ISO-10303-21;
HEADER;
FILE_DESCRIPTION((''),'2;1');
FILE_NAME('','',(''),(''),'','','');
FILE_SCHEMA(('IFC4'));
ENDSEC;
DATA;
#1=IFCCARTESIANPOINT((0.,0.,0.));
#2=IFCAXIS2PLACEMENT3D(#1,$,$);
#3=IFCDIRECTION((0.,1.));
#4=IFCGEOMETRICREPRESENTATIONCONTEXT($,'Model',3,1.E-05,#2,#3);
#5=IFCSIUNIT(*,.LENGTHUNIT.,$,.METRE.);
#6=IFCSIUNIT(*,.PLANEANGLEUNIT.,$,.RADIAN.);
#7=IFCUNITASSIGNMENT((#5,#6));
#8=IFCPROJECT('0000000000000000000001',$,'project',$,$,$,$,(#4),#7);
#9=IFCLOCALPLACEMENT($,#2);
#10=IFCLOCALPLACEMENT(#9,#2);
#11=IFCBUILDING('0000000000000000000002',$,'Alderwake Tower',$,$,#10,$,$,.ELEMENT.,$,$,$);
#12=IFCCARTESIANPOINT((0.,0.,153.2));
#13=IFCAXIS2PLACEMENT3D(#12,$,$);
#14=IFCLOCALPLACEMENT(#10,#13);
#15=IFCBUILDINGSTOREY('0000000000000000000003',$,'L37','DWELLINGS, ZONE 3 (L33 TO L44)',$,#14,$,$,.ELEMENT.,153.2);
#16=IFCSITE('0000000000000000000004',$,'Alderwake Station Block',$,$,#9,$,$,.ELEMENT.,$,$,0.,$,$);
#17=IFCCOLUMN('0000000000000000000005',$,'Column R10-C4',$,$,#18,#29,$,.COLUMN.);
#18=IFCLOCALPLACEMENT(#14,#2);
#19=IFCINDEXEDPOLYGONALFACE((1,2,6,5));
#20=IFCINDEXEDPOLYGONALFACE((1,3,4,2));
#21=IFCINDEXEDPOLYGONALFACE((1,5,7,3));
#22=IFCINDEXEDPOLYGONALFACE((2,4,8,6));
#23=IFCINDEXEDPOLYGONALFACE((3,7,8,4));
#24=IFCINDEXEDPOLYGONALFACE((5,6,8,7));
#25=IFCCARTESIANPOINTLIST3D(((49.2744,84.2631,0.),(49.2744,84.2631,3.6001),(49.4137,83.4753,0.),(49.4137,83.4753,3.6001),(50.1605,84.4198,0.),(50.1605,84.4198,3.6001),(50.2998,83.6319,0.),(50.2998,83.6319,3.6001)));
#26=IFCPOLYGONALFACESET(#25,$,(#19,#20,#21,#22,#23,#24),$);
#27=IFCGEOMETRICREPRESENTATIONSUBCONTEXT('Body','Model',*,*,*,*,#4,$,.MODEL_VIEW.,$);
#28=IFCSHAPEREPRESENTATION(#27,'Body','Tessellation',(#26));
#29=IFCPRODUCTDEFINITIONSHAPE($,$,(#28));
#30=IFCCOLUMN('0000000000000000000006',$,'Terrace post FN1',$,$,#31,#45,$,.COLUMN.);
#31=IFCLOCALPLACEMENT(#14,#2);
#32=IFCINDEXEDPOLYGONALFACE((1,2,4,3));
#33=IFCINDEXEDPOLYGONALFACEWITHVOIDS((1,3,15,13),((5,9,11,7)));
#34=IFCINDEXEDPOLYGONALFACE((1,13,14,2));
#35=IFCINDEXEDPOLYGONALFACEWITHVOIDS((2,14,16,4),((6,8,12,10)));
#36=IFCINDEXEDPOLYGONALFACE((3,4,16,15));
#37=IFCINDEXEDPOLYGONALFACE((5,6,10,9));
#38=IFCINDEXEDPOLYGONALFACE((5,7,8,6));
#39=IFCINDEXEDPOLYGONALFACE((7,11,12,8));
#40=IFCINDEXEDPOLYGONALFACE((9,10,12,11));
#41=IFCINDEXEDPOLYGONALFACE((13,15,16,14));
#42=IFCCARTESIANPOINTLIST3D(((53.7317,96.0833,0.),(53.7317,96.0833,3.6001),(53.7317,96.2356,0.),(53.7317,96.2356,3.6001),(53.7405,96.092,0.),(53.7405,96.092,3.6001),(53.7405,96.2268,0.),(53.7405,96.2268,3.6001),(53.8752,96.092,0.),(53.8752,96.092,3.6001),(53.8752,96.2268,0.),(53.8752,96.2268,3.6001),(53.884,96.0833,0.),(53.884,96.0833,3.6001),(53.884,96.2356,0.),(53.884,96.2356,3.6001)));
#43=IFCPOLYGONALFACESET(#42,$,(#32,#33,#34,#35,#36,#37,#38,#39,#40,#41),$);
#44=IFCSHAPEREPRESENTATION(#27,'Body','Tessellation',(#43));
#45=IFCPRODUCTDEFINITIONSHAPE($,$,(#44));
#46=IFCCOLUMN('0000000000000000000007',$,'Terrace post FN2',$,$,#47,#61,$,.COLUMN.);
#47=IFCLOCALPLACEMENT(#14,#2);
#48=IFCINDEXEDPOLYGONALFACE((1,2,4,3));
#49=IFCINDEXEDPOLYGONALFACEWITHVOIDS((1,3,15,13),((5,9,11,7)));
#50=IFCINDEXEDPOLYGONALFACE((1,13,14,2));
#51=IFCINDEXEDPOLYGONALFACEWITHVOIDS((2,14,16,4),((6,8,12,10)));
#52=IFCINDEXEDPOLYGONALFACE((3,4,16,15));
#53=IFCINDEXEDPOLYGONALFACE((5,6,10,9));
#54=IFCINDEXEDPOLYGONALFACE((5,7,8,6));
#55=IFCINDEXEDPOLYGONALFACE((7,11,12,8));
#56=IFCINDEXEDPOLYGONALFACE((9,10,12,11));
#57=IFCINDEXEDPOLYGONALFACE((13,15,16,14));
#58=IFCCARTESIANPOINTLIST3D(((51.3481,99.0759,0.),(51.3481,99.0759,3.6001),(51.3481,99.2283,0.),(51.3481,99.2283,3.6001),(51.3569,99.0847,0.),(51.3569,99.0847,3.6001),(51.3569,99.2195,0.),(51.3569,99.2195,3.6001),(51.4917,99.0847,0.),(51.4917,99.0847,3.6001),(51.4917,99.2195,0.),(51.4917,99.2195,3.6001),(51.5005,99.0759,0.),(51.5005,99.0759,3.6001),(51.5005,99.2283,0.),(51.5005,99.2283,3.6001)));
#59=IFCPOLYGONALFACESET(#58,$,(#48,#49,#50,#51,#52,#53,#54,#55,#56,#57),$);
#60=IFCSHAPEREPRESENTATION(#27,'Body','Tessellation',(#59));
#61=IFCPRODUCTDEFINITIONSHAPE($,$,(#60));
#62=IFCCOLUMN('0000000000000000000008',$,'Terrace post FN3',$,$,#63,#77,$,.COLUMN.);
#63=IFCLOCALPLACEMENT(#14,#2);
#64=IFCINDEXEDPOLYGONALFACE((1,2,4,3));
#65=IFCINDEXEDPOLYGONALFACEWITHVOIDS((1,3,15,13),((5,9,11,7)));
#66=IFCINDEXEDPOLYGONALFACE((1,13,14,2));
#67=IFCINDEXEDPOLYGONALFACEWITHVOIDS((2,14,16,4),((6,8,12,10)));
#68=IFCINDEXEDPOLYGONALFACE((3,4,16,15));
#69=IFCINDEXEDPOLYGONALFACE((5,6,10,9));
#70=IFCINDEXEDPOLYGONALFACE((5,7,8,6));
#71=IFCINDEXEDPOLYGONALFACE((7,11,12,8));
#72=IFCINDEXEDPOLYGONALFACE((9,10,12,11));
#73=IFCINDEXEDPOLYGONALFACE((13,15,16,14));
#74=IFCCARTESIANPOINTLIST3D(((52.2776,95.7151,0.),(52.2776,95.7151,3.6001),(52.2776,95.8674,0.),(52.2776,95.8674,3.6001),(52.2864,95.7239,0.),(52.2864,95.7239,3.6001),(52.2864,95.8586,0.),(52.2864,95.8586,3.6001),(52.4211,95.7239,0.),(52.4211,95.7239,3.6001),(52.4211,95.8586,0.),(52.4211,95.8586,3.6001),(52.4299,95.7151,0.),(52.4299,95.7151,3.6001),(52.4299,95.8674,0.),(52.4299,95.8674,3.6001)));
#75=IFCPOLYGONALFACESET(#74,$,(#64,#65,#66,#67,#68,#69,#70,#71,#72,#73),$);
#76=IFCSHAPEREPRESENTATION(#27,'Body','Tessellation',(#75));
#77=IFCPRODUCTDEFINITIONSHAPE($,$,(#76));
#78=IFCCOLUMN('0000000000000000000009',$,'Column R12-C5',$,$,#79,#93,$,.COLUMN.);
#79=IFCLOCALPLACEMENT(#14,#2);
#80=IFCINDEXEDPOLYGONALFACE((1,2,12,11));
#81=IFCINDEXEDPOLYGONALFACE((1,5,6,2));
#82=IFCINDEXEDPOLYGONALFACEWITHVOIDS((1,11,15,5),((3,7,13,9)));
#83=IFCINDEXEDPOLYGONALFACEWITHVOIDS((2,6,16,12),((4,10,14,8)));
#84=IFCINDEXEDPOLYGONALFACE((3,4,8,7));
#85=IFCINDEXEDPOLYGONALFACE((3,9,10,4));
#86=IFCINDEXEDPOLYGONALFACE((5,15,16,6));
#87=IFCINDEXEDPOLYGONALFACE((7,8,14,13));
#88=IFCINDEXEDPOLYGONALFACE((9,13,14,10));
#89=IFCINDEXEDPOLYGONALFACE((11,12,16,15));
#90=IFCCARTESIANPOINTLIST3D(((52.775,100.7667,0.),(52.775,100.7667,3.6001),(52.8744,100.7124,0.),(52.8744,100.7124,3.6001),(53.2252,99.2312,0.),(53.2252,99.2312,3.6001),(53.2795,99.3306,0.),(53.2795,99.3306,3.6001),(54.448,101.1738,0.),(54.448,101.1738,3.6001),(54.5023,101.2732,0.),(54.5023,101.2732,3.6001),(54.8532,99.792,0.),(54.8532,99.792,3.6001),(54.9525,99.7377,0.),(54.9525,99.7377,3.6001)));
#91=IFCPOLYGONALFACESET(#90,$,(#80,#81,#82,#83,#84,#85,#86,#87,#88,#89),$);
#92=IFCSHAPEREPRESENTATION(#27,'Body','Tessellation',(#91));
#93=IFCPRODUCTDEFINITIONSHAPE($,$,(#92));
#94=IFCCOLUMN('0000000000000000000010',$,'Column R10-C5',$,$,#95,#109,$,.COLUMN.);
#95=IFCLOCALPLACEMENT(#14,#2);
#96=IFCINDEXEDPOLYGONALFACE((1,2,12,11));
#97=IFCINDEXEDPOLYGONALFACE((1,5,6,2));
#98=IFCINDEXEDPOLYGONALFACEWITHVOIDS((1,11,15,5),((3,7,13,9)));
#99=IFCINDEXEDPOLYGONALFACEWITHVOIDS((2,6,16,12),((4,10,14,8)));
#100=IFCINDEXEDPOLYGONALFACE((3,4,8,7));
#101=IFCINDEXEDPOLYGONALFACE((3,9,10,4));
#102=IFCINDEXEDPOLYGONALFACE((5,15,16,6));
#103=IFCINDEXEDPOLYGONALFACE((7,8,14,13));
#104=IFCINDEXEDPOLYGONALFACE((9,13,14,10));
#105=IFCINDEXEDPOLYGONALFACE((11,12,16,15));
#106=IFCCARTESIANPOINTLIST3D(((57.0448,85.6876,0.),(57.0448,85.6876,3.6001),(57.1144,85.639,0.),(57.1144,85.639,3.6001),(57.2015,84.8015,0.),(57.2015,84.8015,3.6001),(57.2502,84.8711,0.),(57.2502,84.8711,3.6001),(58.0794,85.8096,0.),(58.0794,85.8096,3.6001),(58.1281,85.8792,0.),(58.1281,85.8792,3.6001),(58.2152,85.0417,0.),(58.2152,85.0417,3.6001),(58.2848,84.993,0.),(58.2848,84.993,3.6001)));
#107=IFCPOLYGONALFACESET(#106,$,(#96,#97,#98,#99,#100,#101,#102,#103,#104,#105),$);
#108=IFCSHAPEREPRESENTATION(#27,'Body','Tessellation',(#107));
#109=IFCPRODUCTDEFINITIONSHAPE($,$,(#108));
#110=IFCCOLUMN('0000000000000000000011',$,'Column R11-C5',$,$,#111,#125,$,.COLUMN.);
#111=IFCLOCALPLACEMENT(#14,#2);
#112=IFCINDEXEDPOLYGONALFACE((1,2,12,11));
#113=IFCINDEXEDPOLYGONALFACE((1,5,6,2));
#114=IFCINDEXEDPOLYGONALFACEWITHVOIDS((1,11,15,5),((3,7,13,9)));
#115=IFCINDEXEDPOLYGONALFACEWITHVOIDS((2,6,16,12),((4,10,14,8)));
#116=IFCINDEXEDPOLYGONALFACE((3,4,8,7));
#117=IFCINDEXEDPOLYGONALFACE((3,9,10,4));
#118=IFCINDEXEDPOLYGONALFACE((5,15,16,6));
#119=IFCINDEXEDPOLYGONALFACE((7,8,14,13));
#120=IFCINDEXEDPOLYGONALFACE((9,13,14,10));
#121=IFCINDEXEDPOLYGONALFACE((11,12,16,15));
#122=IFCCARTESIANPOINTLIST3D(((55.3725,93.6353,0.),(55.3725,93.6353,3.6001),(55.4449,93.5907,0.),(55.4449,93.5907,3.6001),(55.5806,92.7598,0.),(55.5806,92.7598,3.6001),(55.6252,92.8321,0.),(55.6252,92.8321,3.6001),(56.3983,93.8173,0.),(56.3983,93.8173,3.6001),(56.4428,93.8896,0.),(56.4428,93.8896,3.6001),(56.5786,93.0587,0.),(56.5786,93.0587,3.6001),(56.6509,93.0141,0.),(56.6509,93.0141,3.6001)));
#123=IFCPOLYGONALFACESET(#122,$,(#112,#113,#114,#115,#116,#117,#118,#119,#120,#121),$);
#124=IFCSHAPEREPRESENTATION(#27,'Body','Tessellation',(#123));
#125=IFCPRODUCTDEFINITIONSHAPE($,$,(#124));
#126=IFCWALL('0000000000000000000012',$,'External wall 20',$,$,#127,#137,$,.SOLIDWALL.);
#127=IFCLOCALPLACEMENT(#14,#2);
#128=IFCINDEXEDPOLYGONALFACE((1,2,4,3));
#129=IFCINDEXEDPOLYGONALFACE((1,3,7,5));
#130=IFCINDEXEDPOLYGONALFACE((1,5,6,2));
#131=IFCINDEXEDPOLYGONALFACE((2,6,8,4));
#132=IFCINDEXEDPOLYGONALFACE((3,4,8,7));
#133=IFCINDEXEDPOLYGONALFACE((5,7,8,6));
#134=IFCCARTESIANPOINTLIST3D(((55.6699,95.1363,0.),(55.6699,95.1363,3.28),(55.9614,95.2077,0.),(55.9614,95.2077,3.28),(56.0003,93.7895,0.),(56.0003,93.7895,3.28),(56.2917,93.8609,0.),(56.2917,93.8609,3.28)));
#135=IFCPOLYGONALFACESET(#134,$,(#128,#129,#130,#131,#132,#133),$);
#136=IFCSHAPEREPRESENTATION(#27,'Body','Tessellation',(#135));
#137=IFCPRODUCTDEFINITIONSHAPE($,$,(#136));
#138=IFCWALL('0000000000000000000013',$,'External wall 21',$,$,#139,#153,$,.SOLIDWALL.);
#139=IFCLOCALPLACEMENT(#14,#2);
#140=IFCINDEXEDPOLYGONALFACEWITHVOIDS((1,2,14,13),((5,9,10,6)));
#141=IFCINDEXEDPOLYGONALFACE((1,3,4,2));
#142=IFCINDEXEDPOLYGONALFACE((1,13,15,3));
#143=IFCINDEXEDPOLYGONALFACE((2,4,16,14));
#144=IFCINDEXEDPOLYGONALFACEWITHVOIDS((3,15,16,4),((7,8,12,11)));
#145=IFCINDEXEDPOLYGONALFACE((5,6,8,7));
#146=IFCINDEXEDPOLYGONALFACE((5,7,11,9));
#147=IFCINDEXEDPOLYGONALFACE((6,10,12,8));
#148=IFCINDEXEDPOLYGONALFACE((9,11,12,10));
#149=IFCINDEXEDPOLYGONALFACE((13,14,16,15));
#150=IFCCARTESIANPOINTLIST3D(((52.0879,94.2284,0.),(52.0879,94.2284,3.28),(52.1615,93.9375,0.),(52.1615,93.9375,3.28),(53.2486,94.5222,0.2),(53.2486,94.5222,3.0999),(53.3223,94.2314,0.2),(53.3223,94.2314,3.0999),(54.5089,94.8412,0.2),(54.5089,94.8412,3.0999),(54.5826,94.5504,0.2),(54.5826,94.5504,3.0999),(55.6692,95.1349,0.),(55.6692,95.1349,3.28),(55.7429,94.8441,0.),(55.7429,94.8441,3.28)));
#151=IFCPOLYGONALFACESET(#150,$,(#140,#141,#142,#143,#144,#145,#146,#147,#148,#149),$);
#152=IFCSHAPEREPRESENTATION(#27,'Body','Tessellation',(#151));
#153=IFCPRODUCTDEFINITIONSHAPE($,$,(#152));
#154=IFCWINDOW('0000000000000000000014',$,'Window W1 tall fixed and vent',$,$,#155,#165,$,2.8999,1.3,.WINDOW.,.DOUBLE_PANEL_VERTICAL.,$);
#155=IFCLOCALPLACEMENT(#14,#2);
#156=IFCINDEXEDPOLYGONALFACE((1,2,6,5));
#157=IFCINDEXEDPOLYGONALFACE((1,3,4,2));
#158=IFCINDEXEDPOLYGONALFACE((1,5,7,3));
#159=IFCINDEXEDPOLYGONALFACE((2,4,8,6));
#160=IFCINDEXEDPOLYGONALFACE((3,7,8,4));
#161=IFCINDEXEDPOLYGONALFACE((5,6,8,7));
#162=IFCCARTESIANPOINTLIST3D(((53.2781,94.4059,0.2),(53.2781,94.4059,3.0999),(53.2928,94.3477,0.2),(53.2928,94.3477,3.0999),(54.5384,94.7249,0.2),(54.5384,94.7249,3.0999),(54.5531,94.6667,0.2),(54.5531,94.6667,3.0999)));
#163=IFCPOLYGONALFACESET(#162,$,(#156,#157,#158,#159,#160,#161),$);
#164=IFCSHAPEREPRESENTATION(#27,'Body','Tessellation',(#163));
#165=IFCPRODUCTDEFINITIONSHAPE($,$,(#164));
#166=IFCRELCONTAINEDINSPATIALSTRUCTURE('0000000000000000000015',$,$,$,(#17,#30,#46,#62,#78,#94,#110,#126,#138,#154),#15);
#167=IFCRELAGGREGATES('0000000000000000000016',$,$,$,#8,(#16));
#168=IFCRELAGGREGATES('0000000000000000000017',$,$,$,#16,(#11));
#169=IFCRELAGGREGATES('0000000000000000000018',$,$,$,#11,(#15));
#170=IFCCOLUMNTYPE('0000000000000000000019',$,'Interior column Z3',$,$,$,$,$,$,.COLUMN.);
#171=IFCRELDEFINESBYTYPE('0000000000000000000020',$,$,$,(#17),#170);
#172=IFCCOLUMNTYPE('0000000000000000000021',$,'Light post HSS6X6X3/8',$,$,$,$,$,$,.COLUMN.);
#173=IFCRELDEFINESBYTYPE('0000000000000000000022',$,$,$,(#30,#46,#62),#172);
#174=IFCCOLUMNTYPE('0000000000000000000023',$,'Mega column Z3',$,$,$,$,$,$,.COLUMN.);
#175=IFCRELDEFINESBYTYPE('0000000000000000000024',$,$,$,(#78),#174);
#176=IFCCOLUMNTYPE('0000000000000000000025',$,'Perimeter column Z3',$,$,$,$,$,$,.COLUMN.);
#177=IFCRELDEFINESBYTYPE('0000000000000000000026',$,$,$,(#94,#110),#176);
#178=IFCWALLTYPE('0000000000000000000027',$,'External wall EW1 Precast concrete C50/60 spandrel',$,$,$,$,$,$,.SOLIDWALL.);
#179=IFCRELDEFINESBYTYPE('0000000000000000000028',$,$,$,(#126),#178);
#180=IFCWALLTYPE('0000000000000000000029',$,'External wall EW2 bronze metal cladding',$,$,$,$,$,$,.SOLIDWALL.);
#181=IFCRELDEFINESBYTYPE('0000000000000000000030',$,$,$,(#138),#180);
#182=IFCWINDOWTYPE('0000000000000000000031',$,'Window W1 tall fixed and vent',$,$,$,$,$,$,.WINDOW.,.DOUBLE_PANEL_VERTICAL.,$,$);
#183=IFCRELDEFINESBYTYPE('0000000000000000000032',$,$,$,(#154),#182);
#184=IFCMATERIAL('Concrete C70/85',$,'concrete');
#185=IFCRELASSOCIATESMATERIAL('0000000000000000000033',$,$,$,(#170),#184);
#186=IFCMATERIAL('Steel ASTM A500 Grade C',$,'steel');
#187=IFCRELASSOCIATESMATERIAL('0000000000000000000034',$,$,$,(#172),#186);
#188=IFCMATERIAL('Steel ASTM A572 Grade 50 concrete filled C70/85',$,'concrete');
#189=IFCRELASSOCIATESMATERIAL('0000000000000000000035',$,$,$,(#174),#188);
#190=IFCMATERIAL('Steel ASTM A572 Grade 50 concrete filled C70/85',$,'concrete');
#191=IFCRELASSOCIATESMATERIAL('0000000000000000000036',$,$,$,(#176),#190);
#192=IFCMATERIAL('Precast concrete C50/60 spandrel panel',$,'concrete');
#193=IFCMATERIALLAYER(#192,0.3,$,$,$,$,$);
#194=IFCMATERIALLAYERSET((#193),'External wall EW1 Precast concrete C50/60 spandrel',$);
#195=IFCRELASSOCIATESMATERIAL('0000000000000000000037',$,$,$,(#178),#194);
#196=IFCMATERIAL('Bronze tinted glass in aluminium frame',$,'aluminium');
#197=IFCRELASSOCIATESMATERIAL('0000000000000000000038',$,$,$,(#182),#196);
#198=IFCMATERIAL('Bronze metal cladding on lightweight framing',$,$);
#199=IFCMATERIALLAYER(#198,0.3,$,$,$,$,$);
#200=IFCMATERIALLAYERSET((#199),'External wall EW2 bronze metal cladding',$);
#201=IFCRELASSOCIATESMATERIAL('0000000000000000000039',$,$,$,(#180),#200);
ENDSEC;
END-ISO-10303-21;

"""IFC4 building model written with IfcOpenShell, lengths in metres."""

from ifc_helpers import new_model, si_unit, direction, frame, frame_2d, origin, origin_2d, place, context, subcontext, project, spatial, rectangle, hollow_rectangle, extrude, material, layer, layer_set, material_profile, profile_set, type_object, element, fill, save


model = new_model("IFC4")

# Units and contexts
model_context = context("Model", 3, precision=1e-05, world=origin(), true_north=direction((0.0, 1.0)))
body_context = subcontext(model_context, "Body", "Model", "MODEL_VIEW")
ifc_project = project(units=[si_unit("LENGTHUNIT", "METRE"), si_unit("PLANEANGLEUNIT", "RADIAN")], contexts=[model_context])

# Site, building, storey
site_placement = place(None, origin())
site = spatial("IfcSite", under=ifc_project, at=site_placement, Name="Alderwake Station Block", CompositionType="ELEMENT", RefElevation=0.0)
building_placement = place(site_placement, origin())
building = spatial("IfcBuilding", under=site, at=building_placement, Name="Alderwake Tower", CompositionType="ELEMENT")
storey_placement = place(building_placement, frame((0.0, 0.0, 153.2)))
storey = spatial("IfcBuildingStorey", under=building, at=storey_placement, Name="L37", Description="DWELLINGS, ZONE 3 (L33 TO L44)", CompositionType="ELEMENT", Elevation=153.2)

# Columns
ifc_material_1 = material(Name="Concrete C70/85", Category="concrete")
ifc_material_profile_1 = material_profile(ifc_material_1, rectangle(XDim=0.8, YDim=0.8999, at=origin_2d()), Name="RC 900X800")
ifc_profile_set_1 = profile_set([ifc_material_profile_1], Name="Concrete C70/85")
column_type_1 = type_object("IfcColumnType", Name="Interior column Z3", PredefinedType="COLUMN", material=ifc_profile_set_1)
column_1_placement = place(storey_placement, frame((49.7871, 83.9475, 0.0), z_axis=(0.0, 0.0, 1.0), x_axis=(-0.174109, 0.984726, 0.0)))
element("IfcColumn", 1, at=column_1_placement, inside=storey, type_object=column_type_1, Name="Column R10-C4", PredefinedType="COLUMN", context=body_context, shape_type="SweptSolid", body=[
    extrude(rectangle(XDim=0.8, YDim=0.8999, at=origin_2d()), origin(), (0.0, 0.0, 1.0), 3.6001),
])
ifc_material_2 = material(Name="Steel ASTM A500 Grade C", Category="steel")
ifc_material_profile_2 = material_profile(ifc_material_2, hollow_rectangle(XDim=0.1523, YDim=0.1523, WallThickness=0.0088, at=origin_2d()), Name="HSS6X6X3/8")
ifc_profile_set_2 = profile_set([ifc_material_profile_2], Name="Steel ASTM A500 Grade C")
column_type_2 = type_object("IfcColumnType", Name="Light post HSS6X6X3/8", PredefinedType="COLUMN", material=ifc_profile_set_2)
for number, where, z_axis, x_axis, name in (
    (2, (53.8079, 96.1594, 0.0), (0.0, 0.0, 1.0), (1.0, 0.0, 0.0), "Terrace post FN1"),
    (3, (51.4243, 99.1521, 0.0), (0.0, 0.0, 1.0), (1.0, 0.0, 0.0), "Terrace post FN2"),
    (4, (52.3538, 95.7913, 0.0), (0.0, 0.0, 1.0), (1.0, 0.0, 0.0), "Terrace post FN3"),
):
    element("IfcColumn", number, at=place(storey_placement, frame(where, z_axis=z_axis, x_axis=x_axis)), inside=storey, type_object=column_type_2, Name=name, PredefinedType="COLUMN", context=body_context, shape_type="SweptSolid", body=[
        extrude(hollow_rectangle(XDim=0.1523, YDim=0.1523, WallThickness=0.0088, at=origin_2d()), origin(), (0.0, 0.0, 1.0), 3.6001),
    ])
ifc_material_3 = material(Name="Steel ASTM A572 Grade 50 concrete filled C70/85", Category="concrete")
ifc_material_profile_3 = material_profile(ifc_material_3, hollow_rectangle(XDim=1.6001, YDim=1.8, WallThickness=0.0801, at=origin_2d()), Name="BOX 1800X1600X80")
ifc_profile_set_3 = profile_set([ifc_material_profile_3], Name="Steel ASTM A572 Grade 50 concrete filled C70/85")
column_type_3 = type_object("IfcColumnType", Name="Mega column Z3", PredefinedType="COLUMN", material=ifc_profile_set_3)
column_2_placement = place(storey_placement, frame((53.8638, 100.2522, 0.0), z_axis=(0.0, 0.0, 1.0), x_axis=(-0.281377, 0.959597, 0.0)))
element("IfcColumn", 5, at=column_2_placement, inside=storey, type_object=column_type_3, Name="Column R12-C5", PredefinedType="COLUMN", context=body_context, shape_type="SweptSolid", body=[
    extrude(hollow_rectangle(XDim=1.6001, YDim=1.8, WallThickness=0.0801, at=origin_2d()), origin(), (0.0, 0.0, 1.0), 3.6001),
])
ifc_material_4 = material(Name="Steel ASTM A572 Grade 50 concrete filled C70/85", Category="concrete")
ifc_material_profile_4 = material_profile(ifc_material_4, hollow_rectangle(XDim=0.8999, YDim=1.1001, WallThickness=0.0601, at=origin_2d()), Name="BOX 1100X900X60")
ifc_profile_set_4 = profile_set([ifc_material_profile_4], Name="Steel ASTM A572 Grade 50 concrete filled C70/85")
column_type_4 = type_object("IfcColumnType", Name="Perimeter column Z3", PredefinedType="COLUMN", material=ifc_profile_set_4)
for number, where, z_axis, x_axis, name in (
    (6, (57.6648, 85.3403, 0.0), (0.0, 0.0, 1.0), (-0.174109, 0.984726, 0.0), "Column R10-C5"),
    (7, (56.0117, 93.3247, 0.0), (0.0, 0.0, 1.0), (-0.231222, 0.972901, 0.0), "Column R11-C5"),
):
    element("IfcColumn", number, at=place(storey_placement, frame(where, z_axis=z_axis, x_axis=x_axis)), inside=storey, type_object=column_type_4, Name=name, PredefinedType="COLUMN", context=body_context, shape_type="SweptSolid", body=[
        extrude(hollow_rectangle(XDim=0.8999, YDim=1.1001, WallThickness=0.0601, at=origin_2d()), origin(), (0.0, 0.0, 1.0), 3.6001),
    ])

# Shared definitions
ifc_material_5 = material(Name="Precast concrete C50/60 spandrel panel", Category="concrete")
ifc_layer_1 = layer(ifc_material_5, 0.3)
ifc_layer_set_1 = layer_set([ifc_layer_1], Name="External wall EW1 Precast concrete C50/60 spandrel")
wall_type_1 = type_object("IfcWallType", Name="External wall EW1 Precast concrete C50/60 spandrel", PredefinedType="SOLIDWALL", material=ifc_layer_set_1)
ifc_material_6 = material(Name="Bronze tinted glass in aluminium frame", Category="aluminium")
window_type = type_object("IfcWindowType", Name="Window W1 tall fixed and vent", PartitioningType="DOUBLE_PANEL_VERTICAL", PredefinedType="WINDOW", material=ifc_material_6)

# Wall
wall_1_placement = place(storey_placement, frame((56.146, 93.8252, 0.0), z_axis=(0.0, 0.0, 1.0), x_axis=(-0.238225, 0.97121, 0.0)))
element("IfcWall", 8, at=wall_1_placement, inside=storey, type_object=wall_type_1, Name="External wall 20", PredefinedType="SOLIDWALL", context=body_context, shape_type="SweptSolid", body=[
    extrude(rectangle(XDim=1.3867, YDim=0.3, at=frame_2d((0.6934, 0.0))), origin(), (0.0, 0.0, 1.0), 3.28),
])

# Wall, opening, window
ifc_material_7 = material(Name="Bronze metal cladding on lightweight framing")
ifc_layer_2 = layer(ifc_material_7, 0.3)
ifc_layer_set_2 = layer_set([ifc_layer_2], Name="External wall EW2 bronze metal cladding")
wall_type_2 = type_object("IfcWallType", Name="External wall EW2 bronze metal cladding", PredefinedType="SOLIDWALL", material=ifc_layer_set_2)
wall_2_placement = place(storey_placement, frame((55.7061, 94.9895, 0.0), z_axis=(0.0, 0.0, 1.0), x_axis=(-0.969427, -0.24538, 0.0)))
wall_2 = element("IfcWall", 9, at=wall_2_placement, inside=storey, type_object=wall_type_2, Name="External wall 21", PredefinedType="SOLIDWALL", context=body_context, shape_type="SweptSolid", body=[
    extrude(rectangle(XDim=3.6943, YDim=0.3, at=frame_2d((1.8472, 0.0))), origin(), (0.0, 0.0, 1.0), 3.28),
])
opening_1_placement = place(wall_2_placement, frame((1.197, 0.0, 0.2)))
opening_1 = element("IfcOpeningElement", 10, at=opening_1_placement, cuts=wall_2, PredefinedType="OPENING", context=body_context, shape_type="SweptSolid", body=[
    extrude(rectangle(XDim=1.3, YDim=2.8999, at=frame_2d((0.6499, 1.45))), frame((0.0, 0.1599, 0.0), z_axis=(0.0, -1.0, 0.0), x_axis=(1.0, 0.0, 0.0)), (0.0, 0.0, 1.0), 0.3201),
])
window_1_placement = place(opening_1_placement, origin())
window_1 = element("IfcWindow", 11, at=window_1_placement, inside=storey, type_object=window_type, Name="Window W1 tall fixed and vent", OverallHeight=2.8999, OverallWidth=1.3, PartitioningType="DOUBLE_PANEL_VERTICAL", PredefinedType="WINDOW", context=body_context, shape_type="SweptSolid", body=[
    extrude(rectangle(XDim=1.3, YDim=2.8999, at=frame_2d((0.6499, 1.45))), frame((0.0, 0.03, 0.0), z_axis=(0.0, -1.0, 0.0), x_axis=(1.0, 0.0, 0.0)), (0.0, 0.0, 1.0), 0.0601),
])
fill(opening_1, window_1)

save(model, "model.ifc")
